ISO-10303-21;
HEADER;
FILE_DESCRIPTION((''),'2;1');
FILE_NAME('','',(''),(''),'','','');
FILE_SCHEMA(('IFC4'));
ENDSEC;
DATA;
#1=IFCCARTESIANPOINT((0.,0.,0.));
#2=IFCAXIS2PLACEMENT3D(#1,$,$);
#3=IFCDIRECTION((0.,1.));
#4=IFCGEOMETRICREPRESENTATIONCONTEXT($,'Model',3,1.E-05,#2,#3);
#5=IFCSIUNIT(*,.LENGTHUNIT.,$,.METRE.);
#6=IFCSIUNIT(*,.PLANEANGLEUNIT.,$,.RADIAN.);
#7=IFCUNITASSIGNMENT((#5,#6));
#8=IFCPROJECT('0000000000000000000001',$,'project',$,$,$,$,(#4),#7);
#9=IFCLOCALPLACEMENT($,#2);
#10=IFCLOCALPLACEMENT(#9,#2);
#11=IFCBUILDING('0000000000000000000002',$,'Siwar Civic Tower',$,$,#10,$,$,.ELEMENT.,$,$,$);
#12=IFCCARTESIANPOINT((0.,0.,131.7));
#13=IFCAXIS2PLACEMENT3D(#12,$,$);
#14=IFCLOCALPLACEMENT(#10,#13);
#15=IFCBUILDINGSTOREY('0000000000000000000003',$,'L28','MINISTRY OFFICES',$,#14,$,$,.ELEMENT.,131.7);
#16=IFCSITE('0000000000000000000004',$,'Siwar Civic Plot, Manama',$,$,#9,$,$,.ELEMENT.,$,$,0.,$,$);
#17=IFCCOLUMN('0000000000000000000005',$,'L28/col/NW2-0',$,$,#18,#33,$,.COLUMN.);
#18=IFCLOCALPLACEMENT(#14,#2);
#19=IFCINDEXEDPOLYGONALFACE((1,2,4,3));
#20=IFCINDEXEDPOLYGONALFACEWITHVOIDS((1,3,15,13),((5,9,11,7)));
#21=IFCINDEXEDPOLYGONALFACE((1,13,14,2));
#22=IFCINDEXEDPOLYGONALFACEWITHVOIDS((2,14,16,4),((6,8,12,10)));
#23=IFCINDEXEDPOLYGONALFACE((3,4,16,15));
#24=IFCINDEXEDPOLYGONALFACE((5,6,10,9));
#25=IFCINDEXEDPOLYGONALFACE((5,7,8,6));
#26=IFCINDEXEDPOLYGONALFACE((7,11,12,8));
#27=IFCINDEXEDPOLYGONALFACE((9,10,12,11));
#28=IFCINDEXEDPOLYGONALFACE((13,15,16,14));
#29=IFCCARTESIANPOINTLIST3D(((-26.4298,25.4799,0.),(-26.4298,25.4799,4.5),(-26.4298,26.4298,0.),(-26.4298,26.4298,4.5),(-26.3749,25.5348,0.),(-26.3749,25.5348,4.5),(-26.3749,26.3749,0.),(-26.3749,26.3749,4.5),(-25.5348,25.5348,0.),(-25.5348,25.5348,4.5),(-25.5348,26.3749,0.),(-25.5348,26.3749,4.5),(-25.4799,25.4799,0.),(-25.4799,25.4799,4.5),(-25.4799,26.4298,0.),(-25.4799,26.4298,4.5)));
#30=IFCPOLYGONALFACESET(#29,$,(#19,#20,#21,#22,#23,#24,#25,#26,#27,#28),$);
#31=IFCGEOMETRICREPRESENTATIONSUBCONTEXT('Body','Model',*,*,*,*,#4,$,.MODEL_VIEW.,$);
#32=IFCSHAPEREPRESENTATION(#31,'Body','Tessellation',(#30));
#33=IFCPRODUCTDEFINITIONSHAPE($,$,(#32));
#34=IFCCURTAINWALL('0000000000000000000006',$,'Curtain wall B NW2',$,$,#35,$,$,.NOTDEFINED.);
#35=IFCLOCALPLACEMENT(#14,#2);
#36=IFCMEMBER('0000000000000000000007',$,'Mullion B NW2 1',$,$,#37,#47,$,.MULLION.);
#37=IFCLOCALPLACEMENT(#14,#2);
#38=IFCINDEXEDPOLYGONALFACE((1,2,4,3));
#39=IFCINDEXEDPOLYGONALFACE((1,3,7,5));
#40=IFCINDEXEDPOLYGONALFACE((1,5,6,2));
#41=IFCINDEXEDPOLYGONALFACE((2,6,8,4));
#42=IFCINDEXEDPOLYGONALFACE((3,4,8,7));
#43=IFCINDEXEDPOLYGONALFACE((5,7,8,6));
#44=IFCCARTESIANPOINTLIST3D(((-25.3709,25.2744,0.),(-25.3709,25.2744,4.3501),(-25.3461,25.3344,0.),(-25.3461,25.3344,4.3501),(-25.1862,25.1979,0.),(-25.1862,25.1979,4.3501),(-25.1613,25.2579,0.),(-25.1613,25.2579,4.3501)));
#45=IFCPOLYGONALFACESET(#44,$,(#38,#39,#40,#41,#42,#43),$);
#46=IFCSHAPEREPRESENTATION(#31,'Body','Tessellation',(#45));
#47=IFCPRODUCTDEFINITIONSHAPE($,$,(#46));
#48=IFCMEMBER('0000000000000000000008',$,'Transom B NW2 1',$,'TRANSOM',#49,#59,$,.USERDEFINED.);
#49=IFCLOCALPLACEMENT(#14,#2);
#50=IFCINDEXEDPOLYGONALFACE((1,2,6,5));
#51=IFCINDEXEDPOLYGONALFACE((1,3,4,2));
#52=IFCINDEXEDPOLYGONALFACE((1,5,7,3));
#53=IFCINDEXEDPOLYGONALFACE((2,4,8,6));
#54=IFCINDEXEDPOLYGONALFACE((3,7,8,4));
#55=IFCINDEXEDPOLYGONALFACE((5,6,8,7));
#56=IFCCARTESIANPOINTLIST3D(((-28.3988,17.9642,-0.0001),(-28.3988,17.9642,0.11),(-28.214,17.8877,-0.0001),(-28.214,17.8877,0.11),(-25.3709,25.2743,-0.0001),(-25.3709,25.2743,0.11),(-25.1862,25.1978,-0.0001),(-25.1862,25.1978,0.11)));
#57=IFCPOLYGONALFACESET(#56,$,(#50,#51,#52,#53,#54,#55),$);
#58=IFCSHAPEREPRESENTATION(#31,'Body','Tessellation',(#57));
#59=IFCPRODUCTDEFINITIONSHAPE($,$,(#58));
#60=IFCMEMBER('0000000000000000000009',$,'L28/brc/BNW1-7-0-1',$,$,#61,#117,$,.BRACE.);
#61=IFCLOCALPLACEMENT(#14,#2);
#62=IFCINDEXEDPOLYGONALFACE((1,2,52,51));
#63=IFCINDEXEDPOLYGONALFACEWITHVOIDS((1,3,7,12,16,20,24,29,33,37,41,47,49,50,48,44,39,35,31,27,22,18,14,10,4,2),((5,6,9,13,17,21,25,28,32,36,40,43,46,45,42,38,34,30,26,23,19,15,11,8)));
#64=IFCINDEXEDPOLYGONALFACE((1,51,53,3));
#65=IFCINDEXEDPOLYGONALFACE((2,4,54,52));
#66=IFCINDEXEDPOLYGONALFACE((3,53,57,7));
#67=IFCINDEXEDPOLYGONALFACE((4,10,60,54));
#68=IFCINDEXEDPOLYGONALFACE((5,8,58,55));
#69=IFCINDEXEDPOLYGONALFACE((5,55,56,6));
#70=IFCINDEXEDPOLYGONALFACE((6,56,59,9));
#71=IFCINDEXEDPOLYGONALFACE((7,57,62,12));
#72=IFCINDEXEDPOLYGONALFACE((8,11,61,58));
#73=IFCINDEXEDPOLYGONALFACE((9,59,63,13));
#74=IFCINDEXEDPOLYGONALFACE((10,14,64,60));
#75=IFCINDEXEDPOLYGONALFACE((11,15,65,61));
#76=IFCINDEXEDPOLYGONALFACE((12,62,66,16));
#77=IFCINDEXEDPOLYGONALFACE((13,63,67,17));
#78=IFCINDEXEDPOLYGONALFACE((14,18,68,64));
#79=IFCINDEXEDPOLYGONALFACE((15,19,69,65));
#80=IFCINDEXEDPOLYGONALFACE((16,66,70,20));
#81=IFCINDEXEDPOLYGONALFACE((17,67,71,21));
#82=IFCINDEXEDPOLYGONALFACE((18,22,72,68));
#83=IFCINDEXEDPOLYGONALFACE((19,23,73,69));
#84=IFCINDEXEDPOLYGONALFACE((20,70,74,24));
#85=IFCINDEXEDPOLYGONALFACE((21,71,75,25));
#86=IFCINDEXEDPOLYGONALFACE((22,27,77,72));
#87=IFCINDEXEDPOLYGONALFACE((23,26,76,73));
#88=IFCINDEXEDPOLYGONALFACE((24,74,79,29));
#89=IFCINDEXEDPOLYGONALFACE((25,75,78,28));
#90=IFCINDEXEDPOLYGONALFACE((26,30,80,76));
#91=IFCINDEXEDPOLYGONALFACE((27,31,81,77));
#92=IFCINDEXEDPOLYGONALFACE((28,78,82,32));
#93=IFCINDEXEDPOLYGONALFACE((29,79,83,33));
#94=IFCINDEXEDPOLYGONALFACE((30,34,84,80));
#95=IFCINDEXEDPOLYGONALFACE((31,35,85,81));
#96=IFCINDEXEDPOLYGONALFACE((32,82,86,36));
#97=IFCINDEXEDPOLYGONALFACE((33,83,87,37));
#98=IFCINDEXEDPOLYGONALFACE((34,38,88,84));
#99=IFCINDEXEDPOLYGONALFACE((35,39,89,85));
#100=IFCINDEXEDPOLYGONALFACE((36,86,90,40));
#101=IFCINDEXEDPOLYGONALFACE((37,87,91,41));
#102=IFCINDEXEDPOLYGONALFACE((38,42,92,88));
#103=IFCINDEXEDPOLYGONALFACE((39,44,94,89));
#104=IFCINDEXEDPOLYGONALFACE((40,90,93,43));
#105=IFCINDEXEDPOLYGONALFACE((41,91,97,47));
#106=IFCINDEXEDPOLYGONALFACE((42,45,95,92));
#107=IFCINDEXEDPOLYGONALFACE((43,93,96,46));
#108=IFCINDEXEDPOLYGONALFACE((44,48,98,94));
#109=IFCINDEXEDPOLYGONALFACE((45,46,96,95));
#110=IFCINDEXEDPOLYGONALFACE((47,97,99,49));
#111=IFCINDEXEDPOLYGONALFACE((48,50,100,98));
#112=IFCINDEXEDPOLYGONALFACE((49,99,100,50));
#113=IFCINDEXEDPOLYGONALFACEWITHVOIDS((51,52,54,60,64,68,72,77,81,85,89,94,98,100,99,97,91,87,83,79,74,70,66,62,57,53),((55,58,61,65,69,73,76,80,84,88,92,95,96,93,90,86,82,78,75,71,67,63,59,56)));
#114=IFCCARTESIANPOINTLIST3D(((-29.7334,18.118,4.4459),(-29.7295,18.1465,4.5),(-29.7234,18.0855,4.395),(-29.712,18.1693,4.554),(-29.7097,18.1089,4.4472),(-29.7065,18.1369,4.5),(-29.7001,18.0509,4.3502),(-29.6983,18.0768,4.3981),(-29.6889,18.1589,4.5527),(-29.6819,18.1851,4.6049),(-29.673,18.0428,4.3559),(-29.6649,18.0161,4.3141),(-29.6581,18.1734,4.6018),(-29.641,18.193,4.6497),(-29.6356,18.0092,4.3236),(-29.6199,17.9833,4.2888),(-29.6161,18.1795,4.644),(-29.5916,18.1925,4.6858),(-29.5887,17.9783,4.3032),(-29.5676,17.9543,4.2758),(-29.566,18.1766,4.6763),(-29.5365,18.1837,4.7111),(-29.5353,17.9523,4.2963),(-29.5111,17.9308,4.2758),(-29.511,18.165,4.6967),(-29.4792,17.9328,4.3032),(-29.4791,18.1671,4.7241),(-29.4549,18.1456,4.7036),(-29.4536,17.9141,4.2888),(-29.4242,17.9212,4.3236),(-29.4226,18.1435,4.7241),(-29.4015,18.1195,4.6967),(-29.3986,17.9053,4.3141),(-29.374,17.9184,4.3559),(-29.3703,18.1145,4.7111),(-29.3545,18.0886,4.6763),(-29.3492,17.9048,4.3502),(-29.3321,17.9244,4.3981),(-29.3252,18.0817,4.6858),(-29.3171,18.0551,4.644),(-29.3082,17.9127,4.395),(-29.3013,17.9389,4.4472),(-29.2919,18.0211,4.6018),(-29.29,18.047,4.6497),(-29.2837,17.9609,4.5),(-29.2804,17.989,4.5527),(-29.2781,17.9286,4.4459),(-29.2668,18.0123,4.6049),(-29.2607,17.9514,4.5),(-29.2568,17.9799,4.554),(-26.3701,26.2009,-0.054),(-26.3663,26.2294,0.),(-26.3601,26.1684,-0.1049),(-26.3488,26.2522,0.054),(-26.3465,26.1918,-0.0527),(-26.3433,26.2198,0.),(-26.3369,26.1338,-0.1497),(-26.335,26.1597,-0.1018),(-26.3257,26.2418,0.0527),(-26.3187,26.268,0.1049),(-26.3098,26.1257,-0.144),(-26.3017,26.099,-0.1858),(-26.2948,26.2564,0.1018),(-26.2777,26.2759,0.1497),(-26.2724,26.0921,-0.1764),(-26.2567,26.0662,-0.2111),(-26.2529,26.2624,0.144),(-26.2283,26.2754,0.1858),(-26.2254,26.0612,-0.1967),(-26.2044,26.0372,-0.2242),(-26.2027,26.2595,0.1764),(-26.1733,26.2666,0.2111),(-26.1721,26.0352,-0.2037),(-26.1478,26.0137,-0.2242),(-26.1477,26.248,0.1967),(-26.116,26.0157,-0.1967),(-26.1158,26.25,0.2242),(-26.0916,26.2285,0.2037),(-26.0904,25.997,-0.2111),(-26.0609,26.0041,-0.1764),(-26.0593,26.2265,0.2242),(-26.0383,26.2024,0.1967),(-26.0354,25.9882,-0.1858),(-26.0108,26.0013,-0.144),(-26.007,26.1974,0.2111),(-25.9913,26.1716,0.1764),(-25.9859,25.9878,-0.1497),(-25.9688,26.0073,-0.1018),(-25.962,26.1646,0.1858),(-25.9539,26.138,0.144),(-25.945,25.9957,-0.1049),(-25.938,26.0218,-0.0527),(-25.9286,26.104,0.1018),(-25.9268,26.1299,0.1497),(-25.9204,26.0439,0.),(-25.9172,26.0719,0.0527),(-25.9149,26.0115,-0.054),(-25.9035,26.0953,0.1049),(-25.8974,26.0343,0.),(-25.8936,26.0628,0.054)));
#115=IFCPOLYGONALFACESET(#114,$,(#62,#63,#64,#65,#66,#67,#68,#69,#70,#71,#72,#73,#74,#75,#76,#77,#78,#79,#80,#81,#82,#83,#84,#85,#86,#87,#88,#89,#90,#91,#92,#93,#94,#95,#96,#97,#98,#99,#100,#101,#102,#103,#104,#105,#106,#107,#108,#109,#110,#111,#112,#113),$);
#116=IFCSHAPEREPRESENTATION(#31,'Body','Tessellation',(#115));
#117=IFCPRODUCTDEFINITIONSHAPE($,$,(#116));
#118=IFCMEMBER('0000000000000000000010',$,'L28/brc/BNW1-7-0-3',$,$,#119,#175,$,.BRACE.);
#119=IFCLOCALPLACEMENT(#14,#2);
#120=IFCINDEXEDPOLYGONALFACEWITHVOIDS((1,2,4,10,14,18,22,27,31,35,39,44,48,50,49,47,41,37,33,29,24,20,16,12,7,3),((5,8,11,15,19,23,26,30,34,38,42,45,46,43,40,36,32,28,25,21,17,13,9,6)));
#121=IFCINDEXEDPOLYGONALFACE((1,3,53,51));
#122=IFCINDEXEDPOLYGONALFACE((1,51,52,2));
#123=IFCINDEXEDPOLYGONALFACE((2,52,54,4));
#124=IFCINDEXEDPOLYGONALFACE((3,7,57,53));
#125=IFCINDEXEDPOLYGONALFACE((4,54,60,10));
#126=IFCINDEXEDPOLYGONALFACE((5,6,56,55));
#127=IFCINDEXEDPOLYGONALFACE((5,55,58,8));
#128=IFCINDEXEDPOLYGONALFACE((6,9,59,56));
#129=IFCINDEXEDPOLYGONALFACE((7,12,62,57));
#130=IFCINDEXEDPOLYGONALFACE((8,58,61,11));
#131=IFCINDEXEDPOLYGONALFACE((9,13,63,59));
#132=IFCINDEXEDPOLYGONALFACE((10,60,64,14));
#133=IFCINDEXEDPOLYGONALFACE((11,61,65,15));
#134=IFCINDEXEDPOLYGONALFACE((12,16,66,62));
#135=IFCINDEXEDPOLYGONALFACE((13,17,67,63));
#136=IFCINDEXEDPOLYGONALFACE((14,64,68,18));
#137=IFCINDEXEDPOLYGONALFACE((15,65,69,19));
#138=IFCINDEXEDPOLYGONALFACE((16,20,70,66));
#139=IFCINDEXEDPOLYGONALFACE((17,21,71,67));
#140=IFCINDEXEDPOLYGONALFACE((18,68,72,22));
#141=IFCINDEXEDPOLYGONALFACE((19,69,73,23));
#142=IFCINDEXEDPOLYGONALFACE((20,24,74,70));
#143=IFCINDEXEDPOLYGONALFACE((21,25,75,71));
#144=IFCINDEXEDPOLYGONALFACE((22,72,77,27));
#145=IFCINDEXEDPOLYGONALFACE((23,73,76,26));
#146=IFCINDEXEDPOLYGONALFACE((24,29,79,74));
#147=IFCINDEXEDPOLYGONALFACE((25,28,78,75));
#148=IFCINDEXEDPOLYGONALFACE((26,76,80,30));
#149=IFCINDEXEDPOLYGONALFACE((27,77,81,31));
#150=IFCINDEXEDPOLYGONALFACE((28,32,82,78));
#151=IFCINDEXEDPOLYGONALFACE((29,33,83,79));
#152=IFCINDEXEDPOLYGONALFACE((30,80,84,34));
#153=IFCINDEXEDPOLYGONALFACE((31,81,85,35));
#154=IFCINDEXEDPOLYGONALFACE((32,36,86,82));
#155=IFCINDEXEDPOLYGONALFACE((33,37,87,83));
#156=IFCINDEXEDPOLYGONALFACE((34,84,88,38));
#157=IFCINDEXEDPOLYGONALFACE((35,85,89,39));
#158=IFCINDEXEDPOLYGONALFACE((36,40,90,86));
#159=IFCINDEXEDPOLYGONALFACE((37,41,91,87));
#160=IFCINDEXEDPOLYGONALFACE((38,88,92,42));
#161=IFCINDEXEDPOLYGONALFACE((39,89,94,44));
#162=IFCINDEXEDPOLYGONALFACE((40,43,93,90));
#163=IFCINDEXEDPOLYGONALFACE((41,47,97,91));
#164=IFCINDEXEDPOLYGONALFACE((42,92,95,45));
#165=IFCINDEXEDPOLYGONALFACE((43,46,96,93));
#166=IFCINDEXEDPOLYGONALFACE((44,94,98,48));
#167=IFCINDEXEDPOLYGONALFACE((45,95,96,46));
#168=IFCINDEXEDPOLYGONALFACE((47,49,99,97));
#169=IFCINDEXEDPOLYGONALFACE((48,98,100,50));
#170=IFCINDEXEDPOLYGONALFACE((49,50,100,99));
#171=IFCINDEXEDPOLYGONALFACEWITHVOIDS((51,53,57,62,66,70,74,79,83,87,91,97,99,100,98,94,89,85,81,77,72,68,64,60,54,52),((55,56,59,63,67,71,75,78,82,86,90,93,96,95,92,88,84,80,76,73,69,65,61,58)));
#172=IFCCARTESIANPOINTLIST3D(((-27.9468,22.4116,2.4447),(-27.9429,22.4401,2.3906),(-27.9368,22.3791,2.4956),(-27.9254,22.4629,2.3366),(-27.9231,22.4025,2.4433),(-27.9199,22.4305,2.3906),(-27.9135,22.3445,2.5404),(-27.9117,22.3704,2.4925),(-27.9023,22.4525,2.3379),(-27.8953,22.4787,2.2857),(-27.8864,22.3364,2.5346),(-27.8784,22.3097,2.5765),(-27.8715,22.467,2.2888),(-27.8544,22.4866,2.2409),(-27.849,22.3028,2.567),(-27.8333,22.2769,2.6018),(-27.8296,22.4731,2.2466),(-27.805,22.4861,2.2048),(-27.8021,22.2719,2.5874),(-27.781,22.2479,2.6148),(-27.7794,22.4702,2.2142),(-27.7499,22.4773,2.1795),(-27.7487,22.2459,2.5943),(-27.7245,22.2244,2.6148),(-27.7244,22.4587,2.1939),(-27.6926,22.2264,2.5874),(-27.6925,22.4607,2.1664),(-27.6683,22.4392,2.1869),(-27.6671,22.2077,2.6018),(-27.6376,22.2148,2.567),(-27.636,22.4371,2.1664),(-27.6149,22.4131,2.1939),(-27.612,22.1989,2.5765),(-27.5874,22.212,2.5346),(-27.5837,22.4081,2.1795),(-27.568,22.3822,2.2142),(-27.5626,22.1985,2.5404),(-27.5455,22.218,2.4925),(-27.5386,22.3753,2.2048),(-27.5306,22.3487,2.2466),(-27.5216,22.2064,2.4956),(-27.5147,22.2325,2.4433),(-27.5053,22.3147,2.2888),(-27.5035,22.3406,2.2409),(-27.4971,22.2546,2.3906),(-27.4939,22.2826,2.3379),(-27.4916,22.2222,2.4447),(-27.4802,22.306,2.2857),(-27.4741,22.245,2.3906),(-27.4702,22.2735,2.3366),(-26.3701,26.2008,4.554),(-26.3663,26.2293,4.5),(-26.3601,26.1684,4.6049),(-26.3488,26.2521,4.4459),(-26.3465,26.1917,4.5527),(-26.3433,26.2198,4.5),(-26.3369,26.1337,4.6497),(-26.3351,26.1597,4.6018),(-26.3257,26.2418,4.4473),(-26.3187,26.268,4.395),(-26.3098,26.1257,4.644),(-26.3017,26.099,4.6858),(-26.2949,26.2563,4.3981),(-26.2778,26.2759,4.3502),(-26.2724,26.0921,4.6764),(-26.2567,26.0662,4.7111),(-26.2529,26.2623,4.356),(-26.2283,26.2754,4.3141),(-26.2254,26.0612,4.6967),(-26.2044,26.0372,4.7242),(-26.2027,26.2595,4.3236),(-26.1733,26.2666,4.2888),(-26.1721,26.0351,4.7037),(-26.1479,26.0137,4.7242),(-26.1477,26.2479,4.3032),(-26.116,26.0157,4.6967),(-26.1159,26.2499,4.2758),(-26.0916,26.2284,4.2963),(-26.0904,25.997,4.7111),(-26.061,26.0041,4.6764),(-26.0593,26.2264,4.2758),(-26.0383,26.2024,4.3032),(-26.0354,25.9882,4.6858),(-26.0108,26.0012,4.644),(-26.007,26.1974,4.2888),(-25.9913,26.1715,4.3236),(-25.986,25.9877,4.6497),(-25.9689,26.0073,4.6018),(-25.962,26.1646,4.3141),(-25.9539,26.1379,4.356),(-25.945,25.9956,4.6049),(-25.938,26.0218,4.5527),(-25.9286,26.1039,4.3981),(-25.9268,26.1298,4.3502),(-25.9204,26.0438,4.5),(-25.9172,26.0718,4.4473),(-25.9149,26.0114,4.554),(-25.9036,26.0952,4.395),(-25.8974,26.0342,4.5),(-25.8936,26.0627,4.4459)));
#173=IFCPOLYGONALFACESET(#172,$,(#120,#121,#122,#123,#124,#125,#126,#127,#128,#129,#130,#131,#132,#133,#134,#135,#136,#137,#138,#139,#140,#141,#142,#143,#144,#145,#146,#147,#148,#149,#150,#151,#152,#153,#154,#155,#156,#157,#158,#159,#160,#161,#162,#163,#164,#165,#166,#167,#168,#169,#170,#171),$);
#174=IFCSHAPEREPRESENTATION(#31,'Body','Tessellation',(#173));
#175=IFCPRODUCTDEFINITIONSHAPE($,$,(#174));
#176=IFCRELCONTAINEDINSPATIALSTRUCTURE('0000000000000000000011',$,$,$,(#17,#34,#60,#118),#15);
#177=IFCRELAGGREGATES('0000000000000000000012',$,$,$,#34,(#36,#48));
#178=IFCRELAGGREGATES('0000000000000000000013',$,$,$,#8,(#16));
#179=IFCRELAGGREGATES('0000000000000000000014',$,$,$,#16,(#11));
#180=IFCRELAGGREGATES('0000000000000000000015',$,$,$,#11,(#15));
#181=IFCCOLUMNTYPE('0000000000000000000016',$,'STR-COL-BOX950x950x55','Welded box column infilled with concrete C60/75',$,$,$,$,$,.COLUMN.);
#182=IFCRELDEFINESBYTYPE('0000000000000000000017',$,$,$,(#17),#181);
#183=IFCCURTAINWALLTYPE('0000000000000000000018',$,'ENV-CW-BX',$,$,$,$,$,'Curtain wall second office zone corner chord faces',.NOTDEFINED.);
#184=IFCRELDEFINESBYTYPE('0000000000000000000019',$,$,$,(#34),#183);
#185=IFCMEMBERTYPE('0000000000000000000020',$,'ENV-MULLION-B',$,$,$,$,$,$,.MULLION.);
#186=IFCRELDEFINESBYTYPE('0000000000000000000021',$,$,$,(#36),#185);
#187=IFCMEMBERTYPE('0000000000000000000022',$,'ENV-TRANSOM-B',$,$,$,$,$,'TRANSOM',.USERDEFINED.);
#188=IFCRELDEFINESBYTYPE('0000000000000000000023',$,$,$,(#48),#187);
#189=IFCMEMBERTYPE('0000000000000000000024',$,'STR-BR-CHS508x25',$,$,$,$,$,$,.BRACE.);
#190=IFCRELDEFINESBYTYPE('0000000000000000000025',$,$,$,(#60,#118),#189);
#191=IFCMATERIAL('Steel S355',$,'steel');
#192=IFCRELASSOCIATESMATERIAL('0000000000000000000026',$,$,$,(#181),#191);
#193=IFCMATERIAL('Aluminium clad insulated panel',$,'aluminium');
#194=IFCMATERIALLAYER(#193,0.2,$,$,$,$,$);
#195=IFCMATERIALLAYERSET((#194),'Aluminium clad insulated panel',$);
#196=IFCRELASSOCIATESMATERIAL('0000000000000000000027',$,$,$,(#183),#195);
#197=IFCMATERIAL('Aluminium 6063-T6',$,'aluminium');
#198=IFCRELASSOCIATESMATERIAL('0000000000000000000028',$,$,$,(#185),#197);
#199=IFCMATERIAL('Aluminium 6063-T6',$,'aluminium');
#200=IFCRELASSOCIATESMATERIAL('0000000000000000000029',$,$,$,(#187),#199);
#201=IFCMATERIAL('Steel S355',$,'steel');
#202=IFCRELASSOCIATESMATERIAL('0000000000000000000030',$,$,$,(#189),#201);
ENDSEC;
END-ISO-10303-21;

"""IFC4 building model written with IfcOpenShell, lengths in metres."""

from ifc_helpers import new_model, si_unit, direction, frame, origin, origin_2d, place, context, subcontext, project, spatial, rectangle, hollow_rectangle, hollow_circle, extrude, material, layer, layer_set, material_profile, profile_set, type_object, element, aggregate, save


model = new_model("IFC4")

# Units and contexts
model_context = context("Model", 3, precision=1e-05, world=origin(), true_north=direction((0.0, 1.0)))
body_context = subcontext(model_context, "Body", "Model", "MODEL_VIEW")
ifc_project = project(units=[si_unit("LENGTHUNIT", "METRE"), si_unit("PLANEANGLEUNIT", "RADIAN")], contexts=[model_context])

# Site, building, storey
site_placement = place(None, origin())
site = spatial("IfcSite", under=ifc_project, at=site_placement, Name="Siwar Civic Plot, Manama", CompositionType="ELEMENT", RefElevation=0.0)
building_placement = place(site_placement, origin())
building = spatial("IfcBuilding", under=site, at=building_placement, Name="Siwar Civic Tower", CompositionType="ELEMENT")
storey_placement = place(building_placement, frame((0.0, 0.0, 131.7)))
storey = spatial("IfcBuildingStorey", under=building, at=storey_placement, Name="L28", Description="MINISTRY OFFICES", CompositionType="ELEMENT", Elevation=131.7)

# Column
ifc_material_1 = material(Name="Steel S355", Category="steel")
ifc_material_profile_1 = material_profile(ifc_material_1, hollow_rectangle(XDim=0.95, YDim=0.95, WallThickness=0.0549, at=origin_2d()), Name="BOX950x950x55")
ifc_profile_set_1 = profile_set([ifc_material_profile_1], Name="Steel S355")
column_type = type_object("IfcColumnType", Name="STR-COL-BOX950x950x55", Description="Welded box column infilled with concrete C60/75", PredefinedType="COLUMN", material=ifc_profile_set_1)
column_placement = place(storey_placement, frame((-25.9548, 25.9548, 0.0), z_axis=(0.0, 0.0, 1.0), x_axis=(1.0, 0.0, 0.0)))
element("IfcColumn", 1, at=column_placement, inside=storey, type_object=column_type, Name="L28/col/NW2-0", PredefinedType="COLUMN", context=body_context, shape_type="SweptSolid", body=[
    extrude(hollow_rectangle(XDim=0.95, YDim=0.95, WallThickness=0.0549, at=origin_2d()), origin(), (0.0, 0.0, 1.0), 4.5),
])

# Curtain wall, members
ifc_material_2 = material(Name="Aluminium clad insulated panel", Category="aluminium")
ifc_layer_1 = layer(ifc_material_2, 0.2)
ifc_layer_set_1 = layer_set([ifc_layer_1], Name="Aluminium clad insulated panel")
curtain_wall_type = type_object("IfcCurtainWallType", Name="ENV-CW-BX", ElementType="Curtain wall second office zone corner chord faces", PredefinedType="NOTDEFINED", material=ifc_layer_set_1)
curtain_wall_placement = place(storey_placement, origin())
curtain_wall = element("IfcCurtainWall", 2, at=curtain_wall_placement, inside=storey, type_object=curtain_wall_type, Name="Curtain wall B NW2", PredefinedType="NOTDEFINED")
ifc_material_3 = material(Name="Aluminium 6063-T6", Category="aluminium")
ifc_material_profile_2 = material_profile(ifc_material_3, rectangle(XDim=0.2, YDim=0.0649, at=origin_2d()), Name="AL 200x65")
ifc_profile_set_2 = profile_set([ifc_material_profile_2], Name="Aluminium 6063-T6")
member_type_1 = type_object("IfcMemberType", Name="ENV-MULLION-B", PredefinedType="MULLION", material=ifc_profile_set_2)
member_1_placement = place(storey_placement, frame((-25.2661, 25.2661, 0.0), z_axis=(0.0, 0.0, 1.0), x_axis=(0.92388, -0.382683, 0.0)))
member_1 = element("IfcMember", 3, at=member_1_placement, type_object=member_type_1, Name="Mullion B NW2 1", PredefinedType="MULLION", context=body_context, shape_type="SweptSolid", body=[
    extrude(rectangle(XDim=0.2, YDim=0.0649, at=origin_2d()), origin(), (0.0, 0.0, 1.0), 4.3501),
])
ifc_material_4 = material(Name="Aluminium 6063-T6", Category="aluminium")
ifc_material_profile_3 = material_profile(ifc_material_4, rectangle(XDim=0.2, YDim=0.1101, at=origin_2d()), Name="AL 200x110")
ifc_profile_set_3 = profile_set([ifc_material_profile_3], Name="Aluminium 6063-T6")
member_type_2 = type_object("IfcMemberType", Name="ENV-TRANSOM-B", ElementType="TRANSOM", PredefinedType="USERDEFINED", material=ifc_profile_set_3)
member_2_placement = place(storey_placement, frame((-25.2786, 25.2361, 0.0549), z_axis=(-0.382673, -0.923884, 0.0), x_axis=(0.923884, -0.382673, 0.0)))
member_2 = element("IfcMember", 4, at=member_2_placement, type_object=member_type_2, Name="Transom B NW2 1", ObjectType="TRANSOM", PredefinedType="USERDEFINED", context=body_context, shape_type="SweptSolid", body=[
    extrude(rectangle(XDim=0.2, YDim=0.1101, at=origin_2d()), origin(), (0.0, 0.0, 1.0), 7.9124),
])

# Members
ifc_material_5 = material(Name="Steel S355", Category="steel")
ifc_material_profile_4 = material_profile(ifc_material_5, hollow_circle(Radius=0.2539, WallThickness=0.0249, at=origin_2d()), Name="CHS508x25")
ifc_profile_set_4 = profile_set([ifc_material_profile_4], Name="Steel S355")
member_type_3 = type_object("IfcMemberType", Name="STR-BR-CHS508x25", PredefinedType="BRACE", material=ifc_profile_set_4)
member_3_placement = place(storey_placement, frame((-26.1318, 26.1318, 0.0), z_axis=(-0.341671, -0.821143, 0.457149), x_axis=(0.923265, -0.384164, 0.0)))
element("IfcMember", 5, at=member_3_placement, inside=storey, type_object=member_type_3, Name="L28/brc/BNW1-7-0-1", PredefinedType="BRACE", context=body_context, shape_type="SweptSolid", body=[
    extrude(hollow_circle(Radius=0.2539, WallThickness=0.0249, at=origin_2d()), origin(), (0.0, 0.0, 1.0), 9.8435),
])
member_4_placement = place(storey_placement, frame((-27.7085, 22.3425, 2.3906), z_axis=(0.341671, 0.821163, 0.457113), x_axis=(-0.923269, 0.384155, 0.0)))
element("IfcMember", 6, at=member_4_placement, inside=storey, type_object=member_type_3, Name="L28/brc/BNW1-7-0-3", PredefinedType="BRACE", context=body_context, shape_type="SweptSolid", body=[
    extrude(hollow_circle(Radius=0.2539, WallThickness=0.0249, at=origin_2d()), origin(), (0.0, 0.0, 1.0), 4.6145),
])

aggregate(curtain_wall, [member_1, member_2])

save(model, "model.ifc")
